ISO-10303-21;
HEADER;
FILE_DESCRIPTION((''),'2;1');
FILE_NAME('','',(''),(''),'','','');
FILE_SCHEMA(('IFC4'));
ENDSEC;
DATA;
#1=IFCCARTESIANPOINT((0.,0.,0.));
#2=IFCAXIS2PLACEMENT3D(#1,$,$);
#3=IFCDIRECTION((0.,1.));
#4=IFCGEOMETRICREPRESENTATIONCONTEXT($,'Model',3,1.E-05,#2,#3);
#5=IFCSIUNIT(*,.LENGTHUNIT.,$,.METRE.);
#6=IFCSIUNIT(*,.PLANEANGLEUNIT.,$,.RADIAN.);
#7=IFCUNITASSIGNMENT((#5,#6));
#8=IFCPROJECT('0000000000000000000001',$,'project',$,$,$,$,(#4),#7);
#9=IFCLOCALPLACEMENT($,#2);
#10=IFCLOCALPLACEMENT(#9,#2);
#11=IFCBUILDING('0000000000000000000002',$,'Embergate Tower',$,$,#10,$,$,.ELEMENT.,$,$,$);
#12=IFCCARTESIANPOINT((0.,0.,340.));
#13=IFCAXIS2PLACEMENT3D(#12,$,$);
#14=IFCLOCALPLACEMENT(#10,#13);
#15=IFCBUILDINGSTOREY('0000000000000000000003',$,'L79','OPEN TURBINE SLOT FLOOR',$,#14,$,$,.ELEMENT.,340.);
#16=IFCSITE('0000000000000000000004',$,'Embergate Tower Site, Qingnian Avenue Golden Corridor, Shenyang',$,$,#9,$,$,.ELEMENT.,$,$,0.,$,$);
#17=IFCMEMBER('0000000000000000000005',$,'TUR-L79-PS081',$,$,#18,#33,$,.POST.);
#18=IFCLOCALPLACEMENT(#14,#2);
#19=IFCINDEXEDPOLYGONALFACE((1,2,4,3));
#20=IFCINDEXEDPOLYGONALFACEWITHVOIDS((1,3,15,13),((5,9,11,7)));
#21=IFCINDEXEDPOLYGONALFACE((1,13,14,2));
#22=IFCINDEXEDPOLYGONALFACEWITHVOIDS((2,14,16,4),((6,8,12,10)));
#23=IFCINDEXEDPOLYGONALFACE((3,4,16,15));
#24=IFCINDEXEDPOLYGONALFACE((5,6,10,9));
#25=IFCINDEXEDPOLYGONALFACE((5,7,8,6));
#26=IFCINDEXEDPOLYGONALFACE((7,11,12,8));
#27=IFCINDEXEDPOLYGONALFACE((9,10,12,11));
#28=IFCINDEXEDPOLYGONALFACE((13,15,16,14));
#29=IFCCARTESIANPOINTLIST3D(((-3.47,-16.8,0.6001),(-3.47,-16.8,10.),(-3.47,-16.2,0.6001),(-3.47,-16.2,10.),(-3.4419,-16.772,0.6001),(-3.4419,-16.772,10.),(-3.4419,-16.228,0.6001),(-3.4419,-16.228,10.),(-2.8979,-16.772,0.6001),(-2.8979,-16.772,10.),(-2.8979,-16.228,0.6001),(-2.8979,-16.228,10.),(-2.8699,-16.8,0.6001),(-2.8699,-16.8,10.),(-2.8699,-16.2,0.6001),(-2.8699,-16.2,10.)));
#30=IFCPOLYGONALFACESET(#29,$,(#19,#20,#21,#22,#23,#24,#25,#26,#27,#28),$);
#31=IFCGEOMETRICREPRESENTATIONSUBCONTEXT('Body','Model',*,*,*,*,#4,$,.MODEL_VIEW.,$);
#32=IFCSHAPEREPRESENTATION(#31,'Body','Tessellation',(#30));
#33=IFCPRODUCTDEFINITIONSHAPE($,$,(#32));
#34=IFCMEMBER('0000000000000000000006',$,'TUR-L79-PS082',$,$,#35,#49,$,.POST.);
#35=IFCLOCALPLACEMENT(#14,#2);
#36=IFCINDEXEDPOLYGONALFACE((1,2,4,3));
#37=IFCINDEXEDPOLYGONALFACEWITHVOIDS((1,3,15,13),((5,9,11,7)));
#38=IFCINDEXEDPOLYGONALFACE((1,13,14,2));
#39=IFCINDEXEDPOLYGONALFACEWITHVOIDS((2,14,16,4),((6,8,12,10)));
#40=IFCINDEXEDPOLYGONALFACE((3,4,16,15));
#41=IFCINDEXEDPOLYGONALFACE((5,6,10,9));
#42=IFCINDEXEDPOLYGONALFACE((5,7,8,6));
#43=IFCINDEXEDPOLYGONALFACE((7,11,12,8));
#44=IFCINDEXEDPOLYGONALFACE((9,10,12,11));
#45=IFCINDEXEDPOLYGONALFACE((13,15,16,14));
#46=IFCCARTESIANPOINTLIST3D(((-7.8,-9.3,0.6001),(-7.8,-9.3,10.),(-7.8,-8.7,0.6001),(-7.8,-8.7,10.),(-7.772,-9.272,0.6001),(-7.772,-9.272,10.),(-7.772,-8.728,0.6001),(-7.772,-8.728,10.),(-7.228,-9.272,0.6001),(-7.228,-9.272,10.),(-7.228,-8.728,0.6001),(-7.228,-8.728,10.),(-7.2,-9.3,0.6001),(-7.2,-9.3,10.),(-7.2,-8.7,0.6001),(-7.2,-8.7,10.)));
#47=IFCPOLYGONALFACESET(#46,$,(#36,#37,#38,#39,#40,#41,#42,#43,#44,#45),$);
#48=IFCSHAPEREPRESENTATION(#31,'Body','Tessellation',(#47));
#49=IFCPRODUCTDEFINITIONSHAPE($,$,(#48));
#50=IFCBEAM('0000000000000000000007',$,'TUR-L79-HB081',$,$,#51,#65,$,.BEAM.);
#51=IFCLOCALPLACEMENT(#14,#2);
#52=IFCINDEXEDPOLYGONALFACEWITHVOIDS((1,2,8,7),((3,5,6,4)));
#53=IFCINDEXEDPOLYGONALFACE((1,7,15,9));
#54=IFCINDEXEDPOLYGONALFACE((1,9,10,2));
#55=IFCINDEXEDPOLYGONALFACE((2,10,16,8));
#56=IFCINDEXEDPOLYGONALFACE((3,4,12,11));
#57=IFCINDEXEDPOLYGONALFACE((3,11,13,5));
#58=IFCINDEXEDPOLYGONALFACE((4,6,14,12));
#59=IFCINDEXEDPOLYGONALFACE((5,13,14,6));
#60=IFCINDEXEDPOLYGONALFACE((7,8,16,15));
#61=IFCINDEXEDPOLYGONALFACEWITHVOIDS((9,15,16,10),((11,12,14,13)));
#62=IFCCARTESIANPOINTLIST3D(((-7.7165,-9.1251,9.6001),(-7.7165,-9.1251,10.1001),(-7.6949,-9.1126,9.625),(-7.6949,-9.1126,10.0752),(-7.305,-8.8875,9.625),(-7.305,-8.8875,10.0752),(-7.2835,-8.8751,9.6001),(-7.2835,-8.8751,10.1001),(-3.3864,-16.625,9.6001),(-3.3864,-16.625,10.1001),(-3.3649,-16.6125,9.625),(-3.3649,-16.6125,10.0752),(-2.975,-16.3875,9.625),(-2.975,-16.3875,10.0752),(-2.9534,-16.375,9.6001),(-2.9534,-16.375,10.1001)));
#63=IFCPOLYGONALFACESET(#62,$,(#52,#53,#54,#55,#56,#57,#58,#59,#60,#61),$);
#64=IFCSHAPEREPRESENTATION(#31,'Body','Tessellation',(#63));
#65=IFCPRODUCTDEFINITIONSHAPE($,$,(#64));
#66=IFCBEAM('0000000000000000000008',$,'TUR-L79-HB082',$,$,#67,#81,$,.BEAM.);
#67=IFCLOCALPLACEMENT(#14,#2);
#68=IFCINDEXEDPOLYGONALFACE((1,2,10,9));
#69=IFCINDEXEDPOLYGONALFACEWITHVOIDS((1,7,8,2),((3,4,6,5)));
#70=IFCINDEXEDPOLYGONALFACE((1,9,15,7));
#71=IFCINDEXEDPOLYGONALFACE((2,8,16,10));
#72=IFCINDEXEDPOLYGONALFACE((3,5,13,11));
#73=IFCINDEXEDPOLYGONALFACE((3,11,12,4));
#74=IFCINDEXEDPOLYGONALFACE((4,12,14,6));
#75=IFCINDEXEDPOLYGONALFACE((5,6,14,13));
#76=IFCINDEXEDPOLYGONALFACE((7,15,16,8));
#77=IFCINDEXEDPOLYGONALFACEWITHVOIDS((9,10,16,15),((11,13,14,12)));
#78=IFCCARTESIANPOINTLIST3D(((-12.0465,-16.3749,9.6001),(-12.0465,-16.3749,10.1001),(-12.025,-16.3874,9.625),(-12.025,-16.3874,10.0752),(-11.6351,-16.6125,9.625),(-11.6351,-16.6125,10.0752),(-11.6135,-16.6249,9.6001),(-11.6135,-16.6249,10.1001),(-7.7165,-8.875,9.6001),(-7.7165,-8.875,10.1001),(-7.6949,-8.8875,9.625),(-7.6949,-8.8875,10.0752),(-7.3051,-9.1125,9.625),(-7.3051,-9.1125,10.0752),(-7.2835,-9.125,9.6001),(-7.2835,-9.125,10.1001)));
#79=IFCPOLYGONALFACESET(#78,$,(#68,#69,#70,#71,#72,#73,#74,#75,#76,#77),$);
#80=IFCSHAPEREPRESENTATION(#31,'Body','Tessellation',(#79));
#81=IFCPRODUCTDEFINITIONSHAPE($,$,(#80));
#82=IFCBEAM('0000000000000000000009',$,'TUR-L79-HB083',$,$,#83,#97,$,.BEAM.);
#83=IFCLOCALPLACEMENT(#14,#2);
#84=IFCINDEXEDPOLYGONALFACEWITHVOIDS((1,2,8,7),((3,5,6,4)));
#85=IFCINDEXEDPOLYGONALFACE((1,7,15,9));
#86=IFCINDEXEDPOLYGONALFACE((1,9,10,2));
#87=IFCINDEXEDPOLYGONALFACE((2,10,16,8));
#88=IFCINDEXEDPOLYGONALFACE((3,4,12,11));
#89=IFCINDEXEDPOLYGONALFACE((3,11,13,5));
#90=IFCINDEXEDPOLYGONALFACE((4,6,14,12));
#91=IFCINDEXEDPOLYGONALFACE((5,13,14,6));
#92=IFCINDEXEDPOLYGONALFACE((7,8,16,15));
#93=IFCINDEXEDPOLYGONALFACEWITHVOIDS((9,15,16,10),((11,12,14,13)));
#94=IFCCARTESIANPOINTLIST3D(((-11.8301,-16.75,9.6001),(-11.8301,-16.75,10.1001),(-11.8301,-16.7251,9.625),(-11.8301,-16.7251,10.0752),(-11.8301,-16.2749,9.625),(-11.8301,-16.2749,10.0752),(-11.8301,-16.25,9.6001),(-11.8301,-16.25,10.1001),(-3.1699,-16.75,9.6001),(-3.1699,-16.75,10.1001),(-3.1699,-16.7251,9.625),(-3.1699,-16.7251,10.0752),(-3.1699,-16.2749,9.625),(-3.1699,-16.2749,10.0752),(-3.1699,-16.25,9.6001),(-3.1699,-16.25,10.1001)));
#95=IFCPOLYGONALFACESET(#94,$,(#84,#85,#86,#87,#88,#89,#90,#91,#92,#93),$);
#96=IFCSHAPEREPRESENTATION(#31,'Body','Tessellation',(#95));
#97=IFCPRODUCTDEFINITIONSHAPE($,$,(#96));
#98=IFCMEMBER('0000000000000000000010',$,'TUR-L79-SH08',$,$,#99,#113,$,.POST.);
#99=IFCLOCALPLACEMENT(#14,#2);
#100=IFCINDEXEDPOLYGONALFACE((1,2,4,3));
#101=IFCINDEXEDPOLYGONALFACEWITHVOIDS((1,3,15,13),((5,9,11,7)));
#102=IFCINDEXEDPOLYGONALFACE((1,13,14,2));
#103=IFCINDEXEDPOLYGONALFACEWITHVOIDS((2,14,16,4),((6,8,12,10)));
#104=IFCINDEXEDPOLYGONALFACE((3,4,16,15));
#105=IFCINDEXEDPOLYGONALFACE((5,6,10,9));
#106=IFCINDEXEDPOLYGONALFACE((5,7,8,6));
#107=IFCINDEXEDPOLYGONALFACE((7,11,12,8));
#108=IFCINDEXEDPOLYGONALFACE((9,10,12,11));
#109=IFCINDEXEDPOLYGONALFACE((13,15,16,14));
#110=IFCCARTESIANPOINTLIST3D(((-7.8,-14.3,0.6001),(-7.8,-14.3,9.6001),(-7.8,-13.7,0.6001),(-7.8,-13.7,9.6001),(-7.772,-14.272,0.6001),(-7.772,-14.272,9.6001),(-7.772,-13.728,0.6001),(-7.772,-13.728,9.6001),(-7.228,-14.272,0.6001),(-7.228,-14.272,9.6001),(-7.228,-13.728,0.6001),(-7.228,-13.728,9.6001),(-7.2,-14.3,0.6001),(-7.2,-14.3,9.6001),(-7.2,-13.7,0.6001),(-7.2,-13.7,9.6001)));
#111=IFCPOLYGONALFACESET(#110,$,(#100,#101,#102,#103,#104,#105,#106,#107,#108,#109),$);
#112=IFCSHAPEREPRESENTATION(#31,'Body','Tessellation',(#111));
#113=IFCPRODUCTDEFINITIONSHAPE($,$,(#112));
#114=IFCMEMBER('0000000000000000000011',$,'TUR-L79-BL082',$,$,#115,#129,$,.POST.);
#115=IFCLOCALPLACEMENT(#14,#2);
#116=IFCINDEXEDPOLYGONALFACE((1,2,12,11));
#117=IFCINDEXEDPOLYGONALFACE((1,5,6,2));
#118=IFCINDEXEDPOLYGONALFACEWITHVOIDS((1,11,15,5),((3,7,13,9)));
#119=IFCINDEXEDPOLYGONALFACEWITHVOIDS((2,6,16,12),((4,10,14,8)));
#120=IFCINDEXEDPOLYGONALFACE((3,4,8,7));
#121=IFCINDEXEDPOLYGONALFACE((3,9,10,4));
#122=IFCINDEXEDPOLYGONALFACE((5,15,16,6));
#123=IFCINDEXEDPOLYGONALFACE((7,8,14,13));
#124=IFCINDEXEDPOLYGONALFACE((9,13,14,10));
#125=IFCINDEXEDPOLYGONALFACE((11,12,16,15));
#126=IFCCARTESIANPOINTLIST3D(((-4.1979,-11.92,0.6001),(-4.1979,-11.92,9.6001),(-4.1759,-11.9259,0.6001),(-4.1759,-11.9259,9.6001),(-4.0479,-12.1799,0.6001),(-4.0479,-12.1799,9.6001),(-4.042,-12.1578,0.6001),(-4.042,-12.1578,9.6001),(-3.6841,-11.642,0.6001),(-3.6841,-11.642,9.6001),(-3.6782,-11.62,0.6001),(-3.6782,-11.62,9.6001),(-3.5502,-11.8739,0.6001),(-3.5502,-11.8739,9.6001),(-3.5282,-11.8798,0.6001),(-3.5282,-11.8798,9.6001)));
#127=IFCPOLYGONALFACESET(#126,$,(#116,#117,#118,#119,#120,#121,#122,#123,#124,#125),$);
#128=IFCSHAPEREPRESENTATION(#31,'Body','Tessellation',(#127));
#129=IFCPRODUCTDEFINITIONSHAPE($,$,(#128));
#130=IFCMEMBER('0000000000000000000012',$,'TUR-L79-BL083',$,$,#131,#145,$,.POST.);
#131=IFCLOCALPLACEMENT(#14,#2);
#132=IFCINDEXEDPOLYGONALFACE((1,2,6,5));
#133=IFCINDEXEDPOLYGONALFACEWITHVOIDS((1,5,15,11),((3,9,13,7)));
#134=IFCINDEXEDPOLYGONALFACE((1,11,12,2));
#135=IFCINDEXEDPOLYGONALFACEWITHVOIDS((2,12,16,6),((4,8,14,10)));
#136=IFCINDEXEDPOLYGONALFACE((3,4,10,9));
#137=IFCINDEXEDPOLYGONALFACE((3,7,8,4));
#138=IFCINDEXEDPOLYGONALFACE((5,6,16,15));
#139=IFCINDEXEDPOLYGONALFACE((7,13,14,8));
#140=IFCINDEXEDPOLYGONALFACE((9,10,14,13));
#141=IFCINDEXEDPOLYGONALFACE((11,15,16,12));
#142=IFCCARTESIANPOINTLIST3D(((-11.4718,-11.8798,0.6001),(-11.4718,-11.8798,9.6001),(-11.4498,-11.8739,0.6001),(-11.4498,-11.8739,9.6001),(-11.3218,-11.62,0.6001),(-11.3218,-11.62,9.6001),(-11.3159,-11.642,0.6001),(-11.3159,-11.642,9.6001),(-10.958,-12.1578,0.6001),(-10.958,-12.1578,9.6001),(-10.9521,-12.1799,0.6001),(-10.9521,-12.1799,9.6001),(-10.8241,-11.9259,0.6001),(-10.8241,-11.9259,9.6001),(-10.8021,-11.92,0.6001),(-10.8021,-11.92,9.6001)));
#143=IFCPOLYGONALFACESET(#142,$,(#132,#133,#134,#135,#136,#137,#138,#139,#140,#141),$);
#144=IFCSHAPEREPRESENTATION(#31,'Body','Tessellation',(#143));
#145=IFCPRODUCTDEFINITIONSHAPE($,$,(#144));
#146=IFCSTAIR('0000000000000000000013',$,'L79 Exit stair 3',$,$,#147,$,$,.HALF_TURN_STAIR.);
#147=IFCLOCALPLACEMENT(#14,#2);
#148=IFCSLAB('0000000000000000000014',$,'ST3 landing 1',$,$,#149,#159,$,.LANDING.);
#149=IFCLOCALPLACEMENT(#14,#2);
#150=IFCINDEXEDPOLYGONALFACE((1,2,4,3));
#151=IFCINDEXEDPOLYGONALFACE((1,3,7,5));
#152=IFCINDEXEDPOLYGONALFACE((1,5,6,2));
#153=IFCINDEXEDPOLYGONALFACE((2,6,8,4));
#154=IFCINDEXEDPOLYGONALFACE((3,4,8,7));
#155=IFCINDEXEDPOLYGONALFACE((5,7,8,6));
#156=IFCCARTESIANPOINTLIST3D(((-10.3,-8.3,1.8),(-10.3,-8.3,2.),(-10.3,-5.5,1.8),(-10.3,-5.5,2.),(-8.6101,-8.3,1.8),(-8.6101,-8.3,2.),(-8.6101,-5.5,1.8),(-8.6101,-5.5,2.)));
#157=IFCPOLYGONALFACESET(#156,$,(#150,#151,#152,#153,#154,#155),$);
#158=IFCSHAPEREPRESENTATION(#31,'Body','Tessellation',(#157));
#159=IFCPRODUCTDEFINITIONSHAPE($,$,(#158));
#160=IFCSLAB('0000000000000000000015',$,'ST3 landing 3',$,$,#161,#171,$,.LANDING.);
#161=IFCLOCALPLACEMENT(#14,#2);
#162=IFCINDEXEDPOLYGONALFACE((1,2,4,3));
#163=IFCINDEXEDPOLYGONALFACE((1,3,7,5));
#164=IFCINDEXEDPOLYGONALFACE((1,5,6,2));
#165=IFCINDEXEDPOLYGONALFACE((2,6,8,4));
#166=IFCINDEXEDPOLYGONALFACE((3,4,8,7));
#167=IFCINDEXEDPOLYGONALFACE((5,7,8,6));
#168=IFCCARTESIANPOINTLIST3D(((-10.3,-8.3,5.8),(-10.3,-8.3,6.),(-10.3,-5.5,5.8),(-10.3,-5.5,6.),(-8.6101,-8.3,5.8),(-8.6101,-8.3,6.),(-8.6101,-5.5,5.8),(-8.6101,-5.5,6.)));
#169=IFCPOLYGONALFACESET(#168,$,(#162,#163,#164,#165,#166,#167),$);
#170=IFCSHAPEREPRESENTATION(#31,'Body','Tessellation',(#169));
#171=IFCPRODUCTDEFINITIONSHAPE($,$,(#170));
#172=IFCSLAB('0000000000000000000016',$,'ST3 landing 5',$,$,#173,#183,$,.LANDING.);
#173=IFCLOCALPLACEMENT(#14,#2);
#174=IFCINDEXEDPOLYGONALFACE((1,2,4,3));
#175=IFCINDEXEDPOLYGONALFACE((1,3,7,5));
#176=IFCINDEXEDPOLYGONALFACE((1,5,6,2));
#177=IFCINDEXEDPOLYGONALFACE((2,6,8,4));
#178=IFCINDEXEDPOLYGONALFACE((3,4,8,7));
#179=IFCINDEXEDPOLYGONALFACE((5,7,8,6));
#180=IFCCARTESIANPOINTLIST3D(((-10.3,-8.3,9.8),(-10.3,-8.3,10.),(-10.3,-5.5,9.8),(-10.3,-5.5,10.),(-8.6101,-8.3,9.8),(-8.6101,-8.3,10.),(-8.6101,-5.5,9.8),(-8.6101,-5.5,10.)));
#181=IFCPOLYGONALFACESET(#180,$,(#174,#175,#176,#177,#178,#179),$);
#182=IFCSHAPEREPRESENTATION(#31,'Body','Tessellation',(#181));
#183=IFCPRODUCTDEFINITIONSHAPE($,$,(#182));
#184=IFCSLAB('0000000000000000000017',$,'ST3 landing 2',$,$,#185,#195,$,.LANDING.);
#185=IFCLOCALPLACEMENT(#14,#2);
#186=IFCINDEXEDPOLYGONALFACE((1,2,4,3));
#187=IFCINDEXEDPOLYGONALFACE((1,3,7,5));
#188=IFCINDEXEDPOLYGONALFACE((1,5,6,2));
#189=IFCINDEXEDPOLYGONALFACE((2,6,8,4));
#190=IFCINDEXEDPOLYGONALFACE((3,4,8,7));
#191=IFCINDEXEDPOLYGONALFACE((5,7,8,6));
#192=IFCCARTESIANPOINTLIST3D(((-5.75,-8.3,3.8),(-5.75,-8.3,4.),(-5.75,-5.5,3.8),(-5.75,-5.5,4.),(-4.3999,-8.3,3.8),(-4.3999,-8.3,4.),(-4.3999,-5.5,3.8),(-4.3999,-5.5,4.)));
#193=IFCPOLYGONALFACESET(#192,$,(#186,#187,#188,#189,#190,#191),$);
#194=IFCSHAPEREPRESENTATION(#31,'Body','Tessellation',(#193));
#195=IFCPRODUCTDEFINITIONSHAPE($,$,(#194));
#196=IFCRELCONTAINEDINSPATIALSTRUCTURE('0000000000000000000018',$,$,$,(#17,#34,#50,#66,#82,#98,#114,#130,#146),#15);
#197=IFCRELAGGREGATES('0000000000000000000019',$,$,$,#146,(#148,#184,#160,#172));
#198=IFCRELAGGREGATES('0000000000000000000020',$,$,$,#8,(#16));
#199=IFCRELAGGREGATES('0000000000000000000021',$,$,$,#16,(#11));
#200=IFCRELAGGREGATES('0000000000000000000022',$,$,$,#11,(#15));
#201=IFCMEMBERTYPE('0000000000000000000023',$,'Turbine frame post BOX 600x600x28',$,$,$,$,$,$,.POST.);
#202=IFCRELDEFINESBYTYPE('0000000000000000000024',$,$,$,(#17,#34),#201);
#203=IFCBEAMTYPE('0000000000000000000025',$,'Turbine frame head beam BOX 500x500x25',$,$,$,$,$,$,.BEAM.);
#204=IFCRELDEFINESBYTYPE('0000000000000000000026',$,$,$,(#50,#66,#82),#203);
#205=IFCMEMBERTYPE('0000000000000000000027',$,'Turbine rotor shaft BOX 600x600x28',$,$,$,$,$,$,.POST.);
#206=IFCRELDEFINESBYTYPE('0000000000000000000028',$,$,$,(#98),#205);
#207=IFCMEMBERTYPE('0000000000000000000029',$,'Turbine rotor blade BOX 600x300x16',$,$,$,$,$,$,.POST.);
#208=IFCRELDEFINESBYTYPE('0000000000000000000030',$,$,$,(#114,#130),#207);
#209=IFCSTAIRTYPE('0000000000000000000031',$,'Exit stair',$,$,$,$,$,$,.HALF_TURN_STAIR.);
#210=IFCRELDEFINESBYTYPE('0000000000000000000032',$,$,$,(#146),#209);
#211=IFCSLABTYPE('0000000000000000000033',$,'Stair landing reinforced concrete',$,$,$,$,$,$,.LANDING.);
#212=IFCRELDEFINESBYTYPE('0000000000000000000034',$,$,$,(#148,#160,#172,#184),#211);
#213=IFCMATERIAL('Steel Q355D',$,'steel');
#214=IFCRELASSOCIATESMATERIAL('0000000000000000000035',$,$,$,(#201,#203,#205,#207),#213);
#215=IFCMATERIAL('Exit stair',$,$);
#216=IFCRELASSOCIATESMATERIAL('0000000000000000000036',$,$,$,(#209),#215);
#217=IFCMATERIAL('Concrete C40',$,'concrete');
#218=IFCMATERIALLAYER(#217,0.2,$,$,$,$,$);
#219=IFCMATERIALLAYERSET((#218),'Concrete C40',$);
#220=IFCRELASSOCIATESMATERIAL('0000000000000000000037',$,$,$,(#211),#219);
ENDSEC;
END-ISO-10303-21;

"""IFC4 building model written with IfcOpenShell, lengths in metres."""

from ifc_helpers import new_model, si_unit, direction, frame, origin, origin_2d, place, context, subcontext, project, spatial, polyline, hollow_rectangle, outline, extrude, source, transform, mapped, material, layer, layer_set, material_profile, profile_set, type_object, element, aggregate, save


model = new_model("IFC4")

# Units and contexts
model_context = context("Model", 3, precision=1e-05, world=origin(), true_north=direction((0.0, 1.0)))
body_context = subcontext(model_context, "Body", "Model", "MODEL_VIEW")
ifc_project = project(units=[si_unit("LENGTHUNIT", "METRE"), si_unit("PLANEANGLEUNIT", "RADIAN")], contexts=[model_context])

# Site, building, storey
site_placement = place(None, origin())
site = spatial("IfcSite", under=ifc_project, at=site_placement, Name="Embergate Tower Site, Qingnian Avenue Golden Corridor, Shenyang", CompositionType="ELEMENT", RefElevation=0.0)
building_placement = place(site_placement, origin())
building = spatial("IfcBuilding", under=site, at=building_placement, Name="Embergate Tower", CompositionType="ELEMENT")
storey_placement = place(building_placement, frame((0.0, 0.0, 340.0)))
storey = spatial("IfcBuildingStorey", under=building, at=storey_placement, Name="L79", Description="OPEN TURBINE SLOT FLOOR", CompositionType="ELEMENT", Elevation=340.0)

# Members
ifc_material_1 = material(Name="Steel Q355D", Category="steel")
ifc_material_profile_1 = material_profile(ifc_material_1, hollow_rectangle(XDim=0.6001, YDim=0.6001, WallThickness=0.0281, at=origin_2d()), Name="BOX 600x600x28")
ifc_profile_set_1 = profile_set([ifc_material_profile_1], Name="Steel Q355 grade D")
member_type_1 = type_object("IfcMemberType", Name="Turbine frame post BOX 600x600x28", PredefinedType="POST", material=ifc_profile_set_1)
shared_shape_1 = source(origin(), body_context, "Body", "SweptSolid", [
    extrude(hollow_rectangle(XDim=0.6001, YDim=0.6001, WallThickness=0.0281, at=origin_2d()), origin(), (0.0, 0.0, 1.0), 9.3999),
])
for number, where, z_axis, x_axis, name in (
    (1, (-3.1699, -16.5, 0.6001), (0.0, 0.0, 1.0), (1.0, 0.0, 0.0), "TUR-L79-PS081"),
    (2, (-7.5, -9.0, 0.6001), (0.0, 0.0, 1.0), (1.0, 0.0, 0.0), "TUR-L79-PS082"),
):
    element("IfcMember", number, at=place(storey_placement, frame(where, z_axis=z_axis, x_axis=x_axis)), inside=storey, type_object=member_type_1, Name=name, PredefinedType="POST", context=body_context, shape_type="MappedRepresentation", body=[
        mapped(shared_shape_1, transform((0.0, 0.0, 0.0))),
    ])

# Beams
ifc_material_profile_2 = material_profile(ifc_material_1, hollow_rectangle(XDim=0.5, YDim=0.5, WallThickness=0.0249, at=origin_2d()), Name="BOX 500x500x25")
ifc_profile_set_2 = profile_set([ifc_material_profile_2], Name="Steel Q355 grade D")
beam_type = type_object("IfcBeamType", Name="Turbine frame head beam BOX 500x500x25", PredefinedType="BEAM", material=ifc_profile_set_2)
shared_shape_2 = source(origin(), body_context, "Body", "SweptSolid", [
    extrude(hollow_rectangle(XDim=0.5, YDim=0.5, WallThickness=0.0249, at=origin_2d()), origin(), (0.0, 0.0, 1.0), 8.6602),
])
for number, where, z_axis, x_axis, name in (
    (3, (-3.1699, -16.5, 9.8501), (-0.499996, 0.866028, 0.0), (-0.866028, -0.499996, 0.0), "TUR-L79-HB081"),
    (4, (-7.5, -9.0, 9.8501), (-0.499996, -0.866028, 0.0), (0.866028, -0.499996, 0.0), "TUR-L79-HB082"),
    (5, (-11.8301, -16.5, 9.8501), (1.0, 0.0, 0.0), (0.0, 1.0, 0.0), "TUR-L79-HB083"),
):
    element("IfcBeam", number, at=place(storey_placement, frame(where, z_axis=z_axis, x_axis=x_axis)), inside=storey, type_object=beam_type, Name=name, PredefinedType="BEAM", context=body_context, shape_type="MappedRepresentation", body=[
        mapped(shared_shape_2, transform((0.0, 0.0, 0.0))),
    ])

# Members
ifc_material_profile_3 = material_profile(ifc_material_1, hollow_rectangle(XDim=0.6001, YDim=0.6001, WallThickness=0.0281, at=origin_2d()), Name="BOX 600x600x28")
ifc_profile_set_3 = profile_set([ifc_material_profile_3], Name="Steel Q355 grade D")
member_type_2 = type_object("IfcMemberType", Name="Turbine rotor shaft BOX 600x600x28", PredefinedType="POST", material=ifc_profile_set_3)
shared_shape_3 = source(origin(), body_context, "Body", "SweptSolid", [
    extrude(hollow_rectangle(XDim=0.6001, YDim=0.6001, WallThickness=0.0281, at=origin_2d()), origin(), (0.0, 0.0, 1.0), 9.0),
])
member_placement = place(storey_placement, frame((-7.5, -14.0, 0.6001), z_axis=(0.0, 0.0, 1.0), x_axis=(1.0, 0.0, 0.0)))
element("IfcMember", 6, at=member_placement, inside=storey, type_object=member_type_2, Name="TUR-L79-SH08", PredefinedType="POST", context=body_context, shape_type="MappedRepresentation", body=[
    mapped(shared_shape_3, transform((0.0, 0.0, 0.0))),
])
ifc_material_profile_4 = material_profile(ifc_material_1, hollow_rectangle(XDim=0.3, YDim=0.6001, WallThickness=0.0161, at=origin_2d()), Name="BOX 600x300x16")
ifc_profile_set_4 = profile_set([ifc_material_profile_4], Name="Steel Q355 grade D")
member_type_3 = type_object("IfcMemberType", Name="Turbine rotor blade BOX 600x300x16", PredefinedType="POST", material=ifc_profile_set_4)
shared_shape_4 = source(origin(), body_context, "Body", "SweptSolid", [
    extrude(hollow_rectangle(XDim=0.3, YDim=0.6001, WallThickness=0.0161, at=origin_2d()), origin(), (0.0, 0.0, 1.0), 9.0),
])
for number, where, z_axis, x_axis, name in (
    (7, (-3.863, -11.8999, 0.6001), (0.0, 0.0, 1.0), (-0.5, 0.866025, 0.0), "TUR-L79-BL082"),
    (8, (-11.137, -11.8999, 0.6001), (0.0, 0.0, 1.0), (-0.5, -0.866025, 0.0), "TUR-L79-BL083"),
):
    element("IfcMember", number, at=place(storey_placement, frame(where, z_axis=z_axis, x_axis=x_axis)), inside=storey, type_object=member_type_3, Name=name, PredefinedType="POST", context=body_context, shape_type="MappedRepresentation", body=[
        mapped(shared_shape_4, transform((0.0, 0.0, 0.0))),
    ])

# Stair, slabs
ifc_material_2 = material(Name="Exit stair")
stair_type = type_object("IfcStairType", Name="Exit stair", PredefinedType="HALF_TURN_STAIR", material=ifc_material_2)
stair_placement = place(storey_placement, origin())
stair = element("IfcStair", 9, at=stair_placement, inside=storey, type_object=stair_type, Name="L79 Exit stair 3", PredefinedType="HALF_TURN_STAIR")
ifc_material_3 = material(Name="Concrete C40", Category="concrete")
ifc_layer_1 = layer(ifc_material_3, 0.2)
ifc_layer_set_1 = layer_set([ifc_layer_1], Name="Concrete C40")
slab_type_1 = type_object("IfcSlabType", Name="Stair landing reinforced concrete", PredefinedType="LANDING", material=ifc_layer_set_1)
shared_shape_5 = source(origin(), body_context, "Body", "SweptSolid", [
    extrude(outline(polyline([(0.0, 0.0), (1.6899, 0.0), (1.6899, 2.8), (0.0, 2.8), (0.0, 0.0)])), origin(), (0.0, 0.0, 1.0), 0.2),
])
slab_1_placement = place(storey_placement, frame((-10.3, -8.3, 1.8)))
slab_1 = element("IfcSlab", 10, at=slab_1_placement, type_object=slab_type_1, Name="ST3 landing 1", PredefinedType="LANDING", context=body_context, shape_type="MappedRepresentation", body=[
    mapped(shared_shape_5, transform((0.0, 0.0, 0.0))),
])
slab_2_placement = place(storey_placement, frame((-10.3, -8.3, 5.8)))
slab_2 = element("IfcSlab", 11, at=slab_2_placement, type_object=slab_type_1, Name="ST3 landing 3", PredefinedType="LANDING", context=body_context, shape_type="MappedRepresentation", body=[
    mapped(shared_shape_5, transform((0.0, 0.0, 0.0))),
])
slab_3_placement = place(storey_placement, frame((-10.3, -8.3, 9.8)))
slab_3 = element("IfcSlab", 12, at=slab_3_placement, type_object=slab_type_1, Name="ST3 landing 5", PredefinedType="LANDING", context=body_context, shape_type="MappedRepresentation", body=[
    mapped(shared_shape_5, transform((0.0, 0.0, 0.0))),
])
shared_shape_6 = source(origin(), body_context, "Body", "SweptSolid", [
    extrude(outline(polyline([(0.0, 0.0), (1.3501, 0.0), (1.3501, 2.8), (0.0, 2.8), (0.0, 0.0)])), origin(), (0.0, 0.0, 1.0), 0.2),
])
slab_4_placement = place(storey_placement, frame((-5.75, -8.3, 3.8)))
slab_4 = element("IfcSlab", 13, at=slab_4_placement, type_object=slab_type_1, Name="ST3 landing 2", PredefinedType="LANDING", context=body_context, shape_type="MappedRepresentation", body=[
    mapped(shared_shape_6, transform((0.0, 0.0, 0.0))),
])
aggregate(stair, [slab_1, slab_4, slab_2, slab_3])

save(model, "model.ifc")
